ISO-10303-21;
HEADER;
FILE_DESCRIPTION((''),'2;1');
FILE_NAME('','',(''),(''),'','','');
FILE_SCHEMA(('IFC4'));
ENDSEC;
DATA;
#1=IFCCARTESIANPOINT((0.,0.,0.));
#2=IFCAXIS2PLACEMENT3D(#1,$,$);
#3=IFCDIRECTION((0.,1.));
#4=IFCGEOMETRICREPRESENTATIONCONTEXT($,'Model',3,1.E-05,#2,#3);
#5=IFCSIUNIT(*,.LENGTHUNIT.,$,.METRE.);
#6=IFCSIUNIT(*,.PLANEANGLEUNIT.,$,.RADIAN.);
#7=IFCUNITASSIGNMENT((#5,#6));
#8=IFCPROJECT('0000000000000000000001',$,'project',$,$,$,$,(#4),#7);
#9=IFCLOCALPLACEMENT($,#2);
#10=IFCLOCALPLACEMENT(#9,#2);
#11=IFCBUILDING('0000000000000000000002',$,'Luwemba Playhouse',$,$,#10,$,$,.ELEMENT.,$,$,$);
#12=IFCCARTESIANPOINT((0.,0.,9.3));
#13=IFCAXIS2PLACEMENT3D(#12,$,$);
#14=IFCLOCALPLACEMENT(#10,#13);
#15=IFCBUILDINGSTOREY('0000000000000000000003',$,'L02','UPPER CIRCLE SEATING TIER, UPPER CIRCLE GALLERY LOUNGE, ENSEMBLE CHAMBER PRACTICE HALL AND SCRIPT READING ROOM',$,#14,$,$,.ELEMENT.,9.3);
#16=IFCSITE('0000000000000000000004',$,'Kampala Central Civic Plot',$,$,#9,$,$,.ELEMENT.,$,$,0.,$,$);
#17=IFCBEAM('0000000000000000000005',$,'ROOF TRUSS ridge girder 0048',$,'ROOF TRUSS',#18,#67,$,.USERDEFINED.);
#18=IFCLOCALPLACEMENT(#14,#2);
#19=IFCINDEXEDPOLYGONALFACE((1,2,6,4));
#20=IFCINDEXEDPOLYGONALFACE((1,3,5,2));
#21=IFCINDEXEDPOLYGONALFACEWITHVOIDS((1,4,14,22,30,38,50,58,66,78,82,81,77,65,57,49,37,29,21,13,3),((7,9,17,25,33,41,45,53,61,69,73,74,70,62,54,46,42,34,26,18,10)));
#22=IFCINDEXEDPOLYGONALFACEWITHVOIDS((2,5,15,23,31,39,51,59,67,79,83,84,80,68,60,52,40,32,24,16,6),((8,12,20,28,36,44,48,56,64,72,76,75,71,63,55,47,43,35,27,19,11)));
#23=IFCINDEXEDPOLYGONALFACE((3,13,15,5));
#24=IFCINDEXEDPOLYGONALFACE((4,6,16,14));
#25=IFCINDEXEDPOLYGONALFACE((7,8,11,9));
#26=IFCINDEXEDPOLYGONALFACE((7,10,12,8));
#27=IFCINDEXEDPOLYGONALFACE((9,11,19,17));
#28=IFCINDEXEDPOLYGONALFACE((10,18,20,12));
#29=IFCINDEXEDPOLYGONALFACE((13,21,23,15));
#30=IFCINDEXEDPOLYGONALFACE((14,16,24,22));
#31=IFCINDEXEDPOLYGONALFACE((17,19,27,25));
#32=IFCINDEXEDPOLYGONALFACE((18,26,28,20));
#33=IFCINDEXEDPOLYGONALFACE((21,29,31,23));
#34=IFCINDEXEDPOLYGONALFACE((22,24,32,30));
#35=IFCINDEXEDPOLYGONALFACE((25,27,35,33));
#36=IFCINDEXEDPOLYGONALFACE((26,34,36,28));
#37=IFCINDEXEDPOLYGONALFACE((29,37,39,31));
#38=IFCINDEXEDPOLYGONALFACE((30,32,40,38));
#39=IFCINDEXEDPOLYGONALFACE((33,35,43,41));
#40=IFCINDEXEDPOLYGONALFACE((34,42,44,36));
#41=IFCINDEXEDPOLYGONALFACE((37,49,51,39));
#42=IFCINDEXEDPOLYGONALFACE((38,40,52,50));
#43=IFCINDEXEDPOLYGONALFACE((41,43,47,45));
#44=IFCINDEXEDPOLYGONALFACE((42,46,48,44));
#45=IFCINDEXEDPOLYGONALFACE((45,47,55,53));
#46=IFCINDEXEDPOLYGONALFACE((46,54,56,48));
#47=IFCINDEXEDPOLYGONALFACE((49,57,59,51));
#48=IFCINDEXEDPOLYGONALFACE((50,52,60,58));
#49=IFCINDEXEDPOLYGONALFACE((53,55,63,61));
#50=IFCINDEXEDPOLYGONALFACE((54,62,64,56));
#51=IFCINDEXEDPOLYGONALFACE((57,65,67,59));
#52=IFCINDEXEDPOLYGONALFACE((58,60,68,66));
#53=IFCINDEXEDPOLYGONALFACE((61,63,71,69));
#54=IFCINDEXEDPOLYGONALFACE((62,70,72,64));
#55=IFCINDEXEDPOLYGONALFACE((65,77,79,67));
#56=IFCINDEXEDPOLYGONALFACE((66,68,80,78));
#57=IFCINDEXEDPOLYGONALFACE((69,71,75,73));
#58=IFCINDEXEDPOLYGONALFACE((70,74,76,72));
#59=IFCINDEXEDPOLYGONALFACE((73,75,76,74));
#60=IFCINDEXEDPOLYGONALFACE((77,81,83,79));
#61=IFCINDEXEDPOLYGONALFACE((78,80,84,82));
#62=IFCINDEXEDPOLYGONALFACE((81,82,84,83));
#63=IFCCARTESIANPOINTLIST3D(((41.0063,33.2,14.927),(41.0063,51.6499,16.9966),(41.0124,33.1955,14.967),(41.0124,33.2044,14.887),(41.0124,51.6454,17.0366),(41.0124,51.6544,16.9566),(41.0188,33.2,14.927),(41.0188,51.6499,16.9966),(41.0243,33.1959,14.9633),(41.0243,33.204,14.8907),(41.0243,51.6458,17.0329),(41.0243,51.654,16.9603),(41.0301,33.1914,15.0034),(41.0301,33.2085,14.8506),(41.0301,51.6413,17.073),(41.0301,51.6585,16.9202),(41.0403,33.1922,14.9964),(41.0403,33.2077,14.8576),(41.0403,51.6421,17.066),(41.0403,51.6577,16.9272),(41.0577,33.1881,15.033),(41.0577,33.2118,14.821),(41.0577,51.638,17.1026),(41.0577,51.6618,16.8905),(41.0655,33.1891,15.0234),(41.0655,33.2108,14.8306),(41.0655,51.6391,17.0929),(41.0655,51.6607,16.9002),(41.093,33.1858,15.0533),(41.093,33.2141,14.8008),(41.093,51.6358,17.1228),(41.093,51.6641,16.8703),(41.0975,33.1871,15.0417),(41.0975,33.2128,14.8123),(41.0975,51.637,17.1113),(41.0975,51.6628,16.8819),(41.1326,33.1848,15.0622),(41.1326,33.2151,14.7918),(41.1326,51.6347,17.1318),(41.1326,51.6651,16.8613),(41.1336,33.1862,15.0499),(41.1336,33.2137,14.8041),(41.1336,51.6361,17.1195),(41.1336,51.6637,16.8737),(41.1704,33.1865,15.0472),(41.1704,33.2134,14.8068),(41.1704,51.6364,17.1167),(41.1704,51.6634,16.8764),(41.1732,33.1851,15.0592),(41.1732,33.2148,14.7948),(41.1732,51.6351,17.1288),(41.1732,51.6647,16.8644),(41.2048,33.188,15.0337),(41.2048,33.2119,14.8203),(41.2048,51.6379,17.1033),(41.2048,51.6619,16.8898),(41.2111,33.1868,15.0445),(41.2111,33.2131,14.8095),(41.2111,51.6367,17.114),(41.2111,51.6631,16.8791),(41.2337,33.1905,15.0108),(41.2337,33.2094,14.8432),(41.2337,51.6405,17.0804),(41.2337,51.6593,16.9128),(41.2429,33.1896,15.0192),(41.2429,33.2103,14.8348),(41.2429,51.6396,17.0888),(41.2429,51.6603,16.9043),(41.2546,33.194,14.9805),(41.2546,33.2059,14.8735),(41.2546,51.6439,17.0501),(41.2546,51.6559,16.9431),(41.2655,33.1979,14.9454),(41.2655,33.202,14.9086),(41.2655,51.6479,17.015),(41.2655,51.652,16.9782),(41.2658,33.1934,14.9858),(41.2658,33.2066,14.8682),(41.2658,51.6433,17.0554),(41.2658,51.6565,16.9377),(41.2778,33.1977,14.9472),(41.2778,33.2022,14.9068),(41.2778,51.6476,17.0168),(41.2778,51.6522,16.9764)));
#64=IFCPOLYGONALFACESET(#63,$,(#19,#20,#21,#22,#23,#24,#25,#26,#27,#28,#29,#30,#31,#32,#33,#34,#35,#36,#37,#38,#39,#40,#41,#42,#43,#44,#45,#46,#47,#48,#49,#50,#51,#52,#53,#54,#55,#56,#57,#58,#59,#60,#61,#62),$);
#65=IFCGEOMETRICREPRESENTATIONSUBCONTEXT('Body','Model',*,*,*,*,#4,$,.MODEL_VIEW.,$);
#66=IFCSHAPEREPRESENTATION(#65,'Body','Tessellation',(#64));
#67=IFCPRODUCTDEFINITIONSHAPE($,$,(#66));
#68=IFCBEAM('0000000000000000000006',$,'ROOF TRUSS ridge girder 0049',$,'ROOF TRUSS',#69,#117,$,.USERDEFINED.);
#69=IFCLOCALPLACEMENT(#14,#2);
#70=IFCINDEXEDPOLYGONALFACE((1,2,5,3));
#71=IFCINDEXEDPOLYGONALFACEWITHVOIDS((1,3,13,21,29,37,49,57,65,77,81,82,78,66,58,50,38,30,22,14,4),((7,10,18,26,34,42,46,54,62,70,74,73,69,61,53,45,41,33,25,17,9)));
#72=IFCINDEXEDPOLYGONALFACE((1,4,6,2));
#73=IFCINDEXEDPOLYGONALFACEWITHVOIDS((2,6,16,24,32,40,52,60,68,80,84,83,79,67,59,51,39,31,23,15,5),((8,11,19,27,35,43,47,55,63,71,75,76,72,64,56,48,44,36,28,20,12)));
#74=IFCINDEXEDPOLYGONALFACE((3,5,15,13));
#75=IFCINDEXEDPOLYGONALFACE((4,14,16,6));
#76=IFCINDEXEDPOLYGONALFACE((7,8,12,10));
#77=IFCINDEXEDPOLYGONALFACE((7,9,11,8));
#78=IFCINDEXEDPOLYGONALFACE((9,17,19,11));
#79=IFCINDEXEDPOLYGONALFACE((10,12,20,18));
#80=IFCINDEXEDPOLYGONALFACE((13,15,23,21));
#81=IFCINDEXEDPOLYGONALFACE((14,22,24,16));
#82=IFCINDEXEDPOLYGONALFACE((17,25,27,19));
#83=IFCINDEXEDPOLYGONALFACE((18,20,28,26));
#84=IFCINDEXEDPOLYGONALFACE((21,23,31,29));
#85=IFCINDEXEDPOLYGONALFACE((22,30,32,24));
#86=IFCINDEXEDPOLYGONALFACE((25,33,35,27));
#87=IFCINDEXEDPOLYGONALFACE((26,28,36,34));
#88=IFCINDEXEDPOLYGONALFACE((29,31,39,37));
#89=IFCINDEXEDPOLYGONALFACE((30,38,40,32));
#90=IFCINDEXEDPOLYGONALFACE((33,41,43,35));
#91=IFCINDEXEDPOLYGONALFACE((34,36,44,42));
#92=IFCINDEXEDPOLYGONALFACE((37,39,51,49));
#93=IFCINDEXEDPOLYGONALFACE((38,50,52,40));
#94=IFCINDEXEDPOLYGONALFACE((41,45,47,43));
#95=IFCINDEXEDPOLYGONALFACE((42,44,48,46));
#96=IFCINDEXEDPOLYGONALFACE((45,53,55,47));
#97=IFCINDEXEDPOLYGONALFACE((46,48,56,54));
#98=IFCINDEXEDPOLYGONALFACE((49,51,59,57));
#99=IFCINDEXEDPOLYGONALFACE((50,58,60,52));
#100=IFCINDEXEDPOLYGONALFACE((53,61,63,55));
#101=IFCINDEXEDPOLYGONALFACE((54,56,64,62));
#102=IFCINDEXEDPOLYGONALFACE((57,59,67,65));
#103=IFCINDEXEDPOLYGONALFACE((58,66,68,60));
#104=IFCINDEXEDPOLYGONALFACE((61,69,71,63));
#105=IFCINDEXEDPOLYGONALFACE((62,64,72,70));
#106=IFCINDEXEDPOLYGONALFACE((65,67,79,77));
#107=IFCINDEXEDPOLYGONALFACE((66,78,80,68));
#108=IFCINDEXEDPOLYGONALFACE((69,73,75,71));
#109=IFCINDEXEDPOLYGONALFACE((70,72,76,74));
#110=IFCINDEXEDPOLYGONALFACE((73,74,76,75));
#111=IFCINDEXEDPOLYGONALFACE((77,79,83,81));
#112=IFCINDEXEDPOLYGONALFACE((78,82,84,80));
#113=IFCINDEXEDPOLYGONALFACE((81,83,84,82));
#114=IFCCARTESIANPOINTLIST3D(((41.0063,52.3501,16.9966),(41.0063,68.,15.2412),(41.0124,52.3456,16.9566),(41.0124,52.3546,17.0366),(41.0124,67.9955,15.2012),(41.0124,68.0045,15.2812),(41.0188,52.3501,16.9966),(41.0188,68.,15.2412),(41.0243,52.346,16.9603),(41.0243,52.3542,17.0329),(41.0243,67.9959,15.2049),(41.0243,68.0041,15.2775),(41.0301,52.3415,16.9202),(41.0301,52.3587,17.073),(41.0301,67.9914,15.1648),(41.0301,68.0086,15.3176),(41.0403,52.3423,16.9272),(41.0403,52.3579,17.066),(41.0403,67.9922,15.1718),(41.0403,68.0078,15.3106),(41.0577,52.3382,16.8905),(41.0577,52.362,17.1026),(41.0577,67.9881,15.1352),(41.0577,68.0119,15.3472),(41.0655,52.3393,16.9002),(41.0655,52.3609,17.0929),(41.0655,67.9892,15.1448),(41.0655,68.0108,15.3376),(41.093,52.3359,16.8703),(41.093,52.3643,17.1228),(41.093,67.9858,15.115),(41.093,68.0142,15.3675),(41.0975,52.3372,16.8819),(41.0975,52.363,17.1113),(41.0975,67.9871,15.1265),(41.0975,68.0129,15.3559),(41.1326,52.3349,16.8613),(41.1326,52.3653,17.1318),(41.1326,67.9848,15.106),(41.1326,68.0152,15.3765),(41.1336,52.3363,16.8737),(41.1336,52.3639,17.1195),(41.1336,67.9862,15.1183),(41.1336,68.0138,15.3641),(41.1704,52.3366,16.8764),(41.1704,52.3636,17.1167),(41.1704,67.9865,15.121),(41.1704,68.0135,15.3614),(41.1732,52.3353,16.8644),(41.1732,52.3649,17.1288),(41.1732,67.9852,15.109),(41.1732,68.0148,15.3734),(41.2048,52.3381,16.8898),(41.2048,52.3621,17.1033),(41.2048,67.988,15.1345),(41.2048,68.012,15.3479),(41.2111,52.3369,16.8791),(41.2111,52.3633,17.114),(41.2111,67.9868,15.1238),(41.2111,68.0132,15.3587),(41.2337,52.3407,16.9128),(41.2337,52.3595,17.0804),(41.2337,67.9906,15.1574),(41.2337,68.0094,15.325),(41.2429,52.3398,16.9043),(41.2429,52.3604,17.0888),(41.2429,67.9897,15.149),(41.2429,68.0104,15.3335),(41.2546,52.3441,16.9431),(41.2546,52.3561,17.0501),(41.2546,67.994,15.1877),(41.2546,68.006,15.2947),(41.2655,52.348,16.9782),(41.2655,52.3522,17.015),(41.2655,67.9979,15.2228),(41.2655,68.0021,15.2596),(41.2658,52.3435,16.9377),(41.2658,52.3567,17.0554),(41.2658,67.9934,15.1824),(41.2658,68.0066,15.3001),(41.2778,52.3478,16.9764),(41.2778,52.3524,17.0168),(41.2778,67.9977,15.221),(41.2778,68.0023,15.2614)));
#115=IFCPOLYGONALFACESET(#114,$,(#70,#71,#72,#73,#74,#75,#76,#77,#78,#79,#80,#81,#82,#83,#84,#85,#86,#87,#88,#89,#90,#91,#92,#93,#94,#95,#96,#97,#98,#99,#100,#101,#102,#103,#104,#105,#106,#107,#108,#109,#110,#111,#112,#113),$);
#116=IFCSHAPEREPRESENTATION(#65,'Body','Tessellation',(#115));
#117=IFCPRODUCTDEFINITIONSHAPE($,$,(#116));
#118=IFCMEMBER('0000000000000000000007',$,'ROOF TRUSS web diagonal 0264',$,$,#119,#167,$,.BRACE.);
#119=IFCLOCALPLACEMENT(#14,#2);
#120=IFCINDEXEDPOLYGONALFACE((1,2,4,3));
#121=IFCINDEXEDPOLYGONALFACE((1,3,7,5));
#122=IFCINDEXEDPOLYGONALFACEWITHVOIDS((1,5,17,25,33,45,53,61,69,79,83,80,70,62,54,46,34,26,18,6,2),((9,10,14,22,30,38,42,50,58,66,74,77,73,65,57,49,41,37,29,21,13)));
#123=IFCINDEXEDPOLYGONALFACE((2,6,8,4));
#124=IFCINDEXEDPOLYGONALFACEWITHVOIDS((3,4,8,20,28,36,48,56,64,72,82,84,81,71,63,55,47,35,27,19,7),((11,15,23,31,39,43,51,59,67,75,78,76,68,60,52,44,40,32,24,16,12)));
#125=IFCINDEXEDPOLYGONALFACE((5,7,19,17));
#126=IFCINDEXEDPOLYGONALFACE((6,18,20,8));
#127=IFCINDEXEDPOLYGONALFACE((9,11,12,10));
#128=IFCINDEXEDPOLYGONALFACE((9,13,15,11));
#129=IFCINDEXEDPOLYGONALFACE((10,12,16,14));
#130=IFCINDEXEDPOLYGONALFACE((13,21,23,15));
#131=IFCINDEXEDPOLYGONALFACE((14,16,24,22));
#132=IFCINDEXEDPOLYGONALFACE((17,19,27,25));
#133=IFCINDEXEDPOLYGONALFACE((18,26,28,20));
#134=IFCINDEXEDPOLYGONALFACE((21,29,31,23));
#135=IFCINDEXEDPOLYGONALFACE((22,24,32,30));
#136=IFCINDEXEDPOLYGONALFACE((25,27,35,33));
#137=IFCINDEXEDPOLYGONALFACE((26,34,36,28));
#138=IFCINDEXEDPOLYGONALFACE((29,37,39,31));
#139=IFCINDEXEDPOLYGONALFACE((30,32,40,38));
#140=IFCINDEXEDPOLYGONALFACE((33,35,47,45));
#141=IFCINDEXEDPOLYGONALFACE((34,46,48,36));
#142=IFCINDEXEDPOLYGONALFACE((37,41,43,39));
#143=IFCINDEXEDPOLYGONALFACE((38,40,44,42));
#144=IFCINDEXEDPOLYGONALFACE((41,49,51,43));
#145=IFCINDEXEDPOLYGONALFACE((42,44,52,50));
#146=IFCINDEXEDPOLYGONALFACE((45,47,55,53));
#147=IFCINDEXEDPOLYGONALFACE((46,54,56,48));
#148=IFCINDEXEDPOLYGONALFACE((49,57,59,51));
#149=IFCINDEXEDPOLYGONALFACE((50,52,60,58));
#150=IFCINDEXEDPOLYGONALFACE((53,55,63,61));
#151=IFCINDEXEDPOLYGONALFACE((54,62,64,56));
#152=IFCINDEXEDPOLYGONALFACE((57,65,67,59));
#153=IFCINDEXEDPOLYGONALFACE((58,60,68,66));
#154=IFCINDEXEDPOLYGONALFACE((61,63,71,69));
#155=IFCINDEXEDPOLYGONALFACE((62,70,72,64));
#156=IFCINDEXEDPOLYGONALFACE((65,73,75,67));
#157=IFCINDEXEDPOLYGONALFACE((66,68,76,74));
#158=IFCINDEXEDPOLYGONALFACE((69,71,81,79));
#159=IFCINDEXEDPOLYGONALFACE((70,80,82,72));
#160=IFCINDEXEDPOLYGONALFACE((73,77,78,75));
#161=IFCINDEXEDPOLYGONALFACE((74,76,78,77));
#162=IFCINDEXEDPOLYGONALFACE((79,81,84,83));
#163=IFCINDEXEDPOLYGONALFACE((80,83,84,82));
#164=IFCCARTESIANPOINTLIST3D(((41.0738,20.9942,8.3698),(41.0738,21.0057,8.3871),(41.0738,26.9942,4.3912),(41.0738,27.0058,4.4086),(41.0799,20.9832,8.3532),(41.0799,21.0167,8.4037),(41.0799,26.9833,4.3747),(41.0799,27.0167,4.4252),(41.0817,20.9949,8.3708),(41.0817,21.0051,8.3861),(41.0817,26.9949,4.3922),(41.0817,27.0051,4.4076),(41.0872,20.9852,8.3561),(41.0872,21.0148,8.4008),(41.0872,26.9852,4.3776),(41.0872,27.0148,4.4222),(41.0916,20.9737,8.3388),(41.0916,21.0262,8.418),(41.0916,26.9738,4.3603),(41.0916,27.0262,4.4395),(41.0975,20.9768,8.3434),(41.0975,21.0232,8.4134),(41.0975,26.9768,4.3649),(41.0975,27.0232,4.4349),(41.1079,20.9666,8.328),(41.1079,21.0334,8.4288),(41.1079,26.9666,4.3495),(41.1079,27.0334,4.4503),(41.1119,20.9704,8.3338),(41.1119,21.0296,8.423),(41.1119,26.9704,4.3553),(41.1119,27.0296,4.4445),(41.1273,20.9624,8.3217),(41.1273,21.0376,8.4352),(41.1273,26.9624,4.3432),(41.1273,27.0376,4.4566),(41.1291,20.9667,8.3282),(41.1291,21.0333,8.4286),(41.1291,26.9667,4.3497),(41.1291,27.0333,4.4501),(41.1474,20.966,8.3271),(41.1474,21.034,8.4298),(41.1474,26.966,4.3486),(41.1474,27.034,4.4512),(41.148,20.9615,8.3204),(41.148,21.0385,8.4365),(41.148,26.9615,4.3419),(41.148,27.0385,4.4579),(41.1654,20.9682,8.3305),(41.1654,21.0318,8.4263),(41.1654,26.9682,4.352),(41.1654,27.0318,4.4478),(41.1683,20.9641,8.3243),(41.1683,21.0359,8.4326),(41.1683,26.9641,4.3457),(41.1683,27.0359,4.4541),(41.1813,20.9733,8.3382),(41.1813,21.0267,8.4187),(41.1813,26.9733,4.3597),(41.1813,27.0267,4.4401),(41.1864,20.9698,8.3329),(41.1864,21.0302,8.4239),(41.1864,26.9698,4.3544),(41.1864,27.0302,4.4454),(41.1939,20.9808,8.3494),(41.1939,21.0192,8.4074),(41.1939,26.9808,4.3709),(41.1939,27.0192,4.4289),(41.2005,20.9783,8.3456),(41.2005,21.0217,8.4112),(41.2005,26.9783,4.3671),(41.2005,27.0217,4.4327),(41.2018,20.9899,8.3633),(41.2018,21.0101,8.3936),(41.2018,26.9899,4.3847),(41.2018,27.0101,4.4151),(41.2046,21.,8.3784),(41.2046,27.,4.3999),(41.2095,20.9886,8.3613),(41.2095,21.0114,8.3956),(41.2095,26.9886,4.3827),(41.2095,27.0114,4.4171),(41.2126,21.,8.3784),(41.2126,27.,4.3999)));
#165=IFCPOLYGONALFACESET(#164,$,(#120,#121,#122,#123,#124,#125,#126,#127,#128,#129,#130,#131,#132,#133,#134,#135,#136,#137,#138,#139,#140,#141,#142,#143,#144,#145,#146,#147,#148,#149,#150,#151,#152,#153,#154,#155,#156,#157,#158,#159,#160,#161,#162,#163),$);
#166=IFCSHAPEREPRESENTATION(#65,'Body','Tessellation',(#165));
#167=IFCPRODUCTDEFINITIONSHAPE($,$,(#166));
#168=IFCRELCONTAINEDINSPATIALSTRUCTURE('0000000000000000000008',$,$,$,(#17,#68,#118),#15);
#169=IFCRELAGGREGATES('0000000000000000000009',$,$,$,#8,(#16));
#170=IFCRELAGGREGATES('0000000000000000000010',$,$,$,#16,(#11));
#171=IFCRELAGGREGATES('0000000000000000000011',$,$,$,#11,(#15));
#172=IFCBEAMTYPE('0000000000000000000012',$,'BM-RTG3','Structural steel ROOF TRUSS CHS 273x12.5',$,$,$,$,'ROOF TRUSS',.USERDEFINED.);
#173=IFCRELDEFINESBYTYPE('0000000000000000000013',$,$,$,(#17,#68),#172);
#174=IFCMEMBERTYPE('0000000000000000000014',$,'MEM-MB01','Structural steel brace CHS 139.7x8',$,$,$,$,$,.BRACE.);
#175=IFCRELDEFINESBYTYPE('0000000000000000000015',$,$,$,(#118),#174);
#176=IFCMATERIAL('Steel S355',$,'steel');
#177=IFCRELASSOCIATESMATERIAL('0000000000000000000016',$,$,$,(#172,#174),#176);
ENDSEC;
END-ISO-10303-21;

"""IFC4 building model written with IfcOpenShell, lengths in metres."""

from ifc_helpers import new_model, si_unit, direction, frame, origin, origin_2d, place, context, subcontext, project, spatial, hollow_circle, extrude, material, material_profile, profile_set, type_object, element, save


model = new_model("IFC4")

# Units and contexts
model_context = context("Model", 3, precision=1e-05, world=origin(), true_north=direction((0.0, 1.0)))
body_context = subcontext(model_context, "Body", "Model", "MODEL_VIEW")
ifc_project = project(units=[si_unit("LENGTHUNIT", "METRE"), si_unit("PLANEANGLEUNIT", "RADIAN")], contexts=[model_context])

# Site, building, storey
site_placement = place(None, origin())
site = spatial("IfcSite", under=ifc_project, at=site_placement, Name="Kampala Central Civic Plot", CompositionType="ELEMENT", RefElevation=0.0)
building_placement = place(site_placement, origin())
building = spatial("IfcBuilding", under=site, at=building_placement, Name="Luwemba Playhouse", CompositionType="ELEMENT")
storey_placement = place(building_placement, frame((0.0, 0.0, 9.3)))
storey = spatial("IfcBuildingStorey", under=building, at=storey_placement, Name="L02", Description="UPPER CIRCLE SEATING TIER, UPPER CIRCLE GALLERY LOUNGE, ENSEMBLE CHAMBER PRACTICE HALL AND SCRIPT READING ROOM", CompositionType="ELEMENT", Elevation=9.3)

# Beams
ifc_material_1 = material(Name="Steel S355", Category="steel")
ifc_material_profile_1 = material_profile(ifc_material_1, hollow_circle(Radius=0.1365, WallThickness=0.0125, at=origin_2d()))
ifc_profile_set_1 = profile_set([ifc_material_profile_1], Name="Steel S355")
beam_type = type_object("IfcBeamType", Name="BM-RTG3", Description="Structural steel ROOF TRUSS CHS 273x12.5", ElementType="ROOF TRUSS", PredefinedType="USERDEFINED", material=ifc_profile_set_1)
beam_1_placement = place(storey_placement, frame((41.1428, 33.2, 14.927), z_axis=(0.0, 0.993767, 0.111474), x_axis=(-1.0, 0.0, 0.0)))
element("IfcBeam", 1, at=beam_1_placement, inside=storey, type_object=beam_type, Name="ROOF TRUSS ridge girder 0048", ObjectType="ROOF TRUSS", PredefinedType="USERDEFINED", context=body_context, shape_type="SweptSolid", body=[
    extrude(hollow_circle(Radius=0.1365, WallThickness=0.0125, at=origin_2d()), origin(), (0.0, 0.0, 1.0), 18.5657),
])
beam_2_placement = place(storey_placement, frame((41.1428, 52.3501, 16.9966), z_axis=(0.0, 0.993768, -0.111466), x_axis=(-1.0, 0.0, 0.0)))
element("IfcBeam", 2, at=beam_2_placement, inside=storey, type_object=beam_type, Name="ROOF TRUSS ridge girder 0049", ObjectType="ROOF TRUSS", PredefinedType="USERDEFINED", context=body_context, shape_type="SweptSolid", body=[
    extrude(hollow_circle(Radius=0.1365, WallThickness=0.0125, at=origin_2d()), origin(), (0.0, 0.0, 1.0), 15.748),
])

# Member
ifc_material_profile_2 = material_profile(ifc_material_1, hollow_circle(Radius=0.0698, WallThickness=0.0081, at=origin_2d()))
ifc_profile_set_2 = profile_set([ifc_material_profile_2], Name="Steel S355")
member_type_1 = type_object("IfcMemberType", Name="MEM-MB01", Description="Structural steel brace CHS 139.7x8", PredefinedType="BRACE", material=ifc_profile_set_2)
member_1_placement = place(storey_placement, frame((41.1428, 27.0, 4.3999), z_axis=(0.0, -0.833425, 0.552632), x_axis=(1.0, 0.0, 0.0)))
element("IfcMember", 3, at=member_1_placement, inside=storey, type_object=member_type_1, Name="ROOF TRUSS web diagonal 0264", PredefinedType="BRACE", context=body_context, shape_type="SweptSolid", body=[
    extrude(hollow_circle(Radius=0.0698, WallThickness=0.0081, at=origin_2d()), origin(), (0.0, 0.0, 1.0), 7.1992),
])

save(model, "model.ifc")
